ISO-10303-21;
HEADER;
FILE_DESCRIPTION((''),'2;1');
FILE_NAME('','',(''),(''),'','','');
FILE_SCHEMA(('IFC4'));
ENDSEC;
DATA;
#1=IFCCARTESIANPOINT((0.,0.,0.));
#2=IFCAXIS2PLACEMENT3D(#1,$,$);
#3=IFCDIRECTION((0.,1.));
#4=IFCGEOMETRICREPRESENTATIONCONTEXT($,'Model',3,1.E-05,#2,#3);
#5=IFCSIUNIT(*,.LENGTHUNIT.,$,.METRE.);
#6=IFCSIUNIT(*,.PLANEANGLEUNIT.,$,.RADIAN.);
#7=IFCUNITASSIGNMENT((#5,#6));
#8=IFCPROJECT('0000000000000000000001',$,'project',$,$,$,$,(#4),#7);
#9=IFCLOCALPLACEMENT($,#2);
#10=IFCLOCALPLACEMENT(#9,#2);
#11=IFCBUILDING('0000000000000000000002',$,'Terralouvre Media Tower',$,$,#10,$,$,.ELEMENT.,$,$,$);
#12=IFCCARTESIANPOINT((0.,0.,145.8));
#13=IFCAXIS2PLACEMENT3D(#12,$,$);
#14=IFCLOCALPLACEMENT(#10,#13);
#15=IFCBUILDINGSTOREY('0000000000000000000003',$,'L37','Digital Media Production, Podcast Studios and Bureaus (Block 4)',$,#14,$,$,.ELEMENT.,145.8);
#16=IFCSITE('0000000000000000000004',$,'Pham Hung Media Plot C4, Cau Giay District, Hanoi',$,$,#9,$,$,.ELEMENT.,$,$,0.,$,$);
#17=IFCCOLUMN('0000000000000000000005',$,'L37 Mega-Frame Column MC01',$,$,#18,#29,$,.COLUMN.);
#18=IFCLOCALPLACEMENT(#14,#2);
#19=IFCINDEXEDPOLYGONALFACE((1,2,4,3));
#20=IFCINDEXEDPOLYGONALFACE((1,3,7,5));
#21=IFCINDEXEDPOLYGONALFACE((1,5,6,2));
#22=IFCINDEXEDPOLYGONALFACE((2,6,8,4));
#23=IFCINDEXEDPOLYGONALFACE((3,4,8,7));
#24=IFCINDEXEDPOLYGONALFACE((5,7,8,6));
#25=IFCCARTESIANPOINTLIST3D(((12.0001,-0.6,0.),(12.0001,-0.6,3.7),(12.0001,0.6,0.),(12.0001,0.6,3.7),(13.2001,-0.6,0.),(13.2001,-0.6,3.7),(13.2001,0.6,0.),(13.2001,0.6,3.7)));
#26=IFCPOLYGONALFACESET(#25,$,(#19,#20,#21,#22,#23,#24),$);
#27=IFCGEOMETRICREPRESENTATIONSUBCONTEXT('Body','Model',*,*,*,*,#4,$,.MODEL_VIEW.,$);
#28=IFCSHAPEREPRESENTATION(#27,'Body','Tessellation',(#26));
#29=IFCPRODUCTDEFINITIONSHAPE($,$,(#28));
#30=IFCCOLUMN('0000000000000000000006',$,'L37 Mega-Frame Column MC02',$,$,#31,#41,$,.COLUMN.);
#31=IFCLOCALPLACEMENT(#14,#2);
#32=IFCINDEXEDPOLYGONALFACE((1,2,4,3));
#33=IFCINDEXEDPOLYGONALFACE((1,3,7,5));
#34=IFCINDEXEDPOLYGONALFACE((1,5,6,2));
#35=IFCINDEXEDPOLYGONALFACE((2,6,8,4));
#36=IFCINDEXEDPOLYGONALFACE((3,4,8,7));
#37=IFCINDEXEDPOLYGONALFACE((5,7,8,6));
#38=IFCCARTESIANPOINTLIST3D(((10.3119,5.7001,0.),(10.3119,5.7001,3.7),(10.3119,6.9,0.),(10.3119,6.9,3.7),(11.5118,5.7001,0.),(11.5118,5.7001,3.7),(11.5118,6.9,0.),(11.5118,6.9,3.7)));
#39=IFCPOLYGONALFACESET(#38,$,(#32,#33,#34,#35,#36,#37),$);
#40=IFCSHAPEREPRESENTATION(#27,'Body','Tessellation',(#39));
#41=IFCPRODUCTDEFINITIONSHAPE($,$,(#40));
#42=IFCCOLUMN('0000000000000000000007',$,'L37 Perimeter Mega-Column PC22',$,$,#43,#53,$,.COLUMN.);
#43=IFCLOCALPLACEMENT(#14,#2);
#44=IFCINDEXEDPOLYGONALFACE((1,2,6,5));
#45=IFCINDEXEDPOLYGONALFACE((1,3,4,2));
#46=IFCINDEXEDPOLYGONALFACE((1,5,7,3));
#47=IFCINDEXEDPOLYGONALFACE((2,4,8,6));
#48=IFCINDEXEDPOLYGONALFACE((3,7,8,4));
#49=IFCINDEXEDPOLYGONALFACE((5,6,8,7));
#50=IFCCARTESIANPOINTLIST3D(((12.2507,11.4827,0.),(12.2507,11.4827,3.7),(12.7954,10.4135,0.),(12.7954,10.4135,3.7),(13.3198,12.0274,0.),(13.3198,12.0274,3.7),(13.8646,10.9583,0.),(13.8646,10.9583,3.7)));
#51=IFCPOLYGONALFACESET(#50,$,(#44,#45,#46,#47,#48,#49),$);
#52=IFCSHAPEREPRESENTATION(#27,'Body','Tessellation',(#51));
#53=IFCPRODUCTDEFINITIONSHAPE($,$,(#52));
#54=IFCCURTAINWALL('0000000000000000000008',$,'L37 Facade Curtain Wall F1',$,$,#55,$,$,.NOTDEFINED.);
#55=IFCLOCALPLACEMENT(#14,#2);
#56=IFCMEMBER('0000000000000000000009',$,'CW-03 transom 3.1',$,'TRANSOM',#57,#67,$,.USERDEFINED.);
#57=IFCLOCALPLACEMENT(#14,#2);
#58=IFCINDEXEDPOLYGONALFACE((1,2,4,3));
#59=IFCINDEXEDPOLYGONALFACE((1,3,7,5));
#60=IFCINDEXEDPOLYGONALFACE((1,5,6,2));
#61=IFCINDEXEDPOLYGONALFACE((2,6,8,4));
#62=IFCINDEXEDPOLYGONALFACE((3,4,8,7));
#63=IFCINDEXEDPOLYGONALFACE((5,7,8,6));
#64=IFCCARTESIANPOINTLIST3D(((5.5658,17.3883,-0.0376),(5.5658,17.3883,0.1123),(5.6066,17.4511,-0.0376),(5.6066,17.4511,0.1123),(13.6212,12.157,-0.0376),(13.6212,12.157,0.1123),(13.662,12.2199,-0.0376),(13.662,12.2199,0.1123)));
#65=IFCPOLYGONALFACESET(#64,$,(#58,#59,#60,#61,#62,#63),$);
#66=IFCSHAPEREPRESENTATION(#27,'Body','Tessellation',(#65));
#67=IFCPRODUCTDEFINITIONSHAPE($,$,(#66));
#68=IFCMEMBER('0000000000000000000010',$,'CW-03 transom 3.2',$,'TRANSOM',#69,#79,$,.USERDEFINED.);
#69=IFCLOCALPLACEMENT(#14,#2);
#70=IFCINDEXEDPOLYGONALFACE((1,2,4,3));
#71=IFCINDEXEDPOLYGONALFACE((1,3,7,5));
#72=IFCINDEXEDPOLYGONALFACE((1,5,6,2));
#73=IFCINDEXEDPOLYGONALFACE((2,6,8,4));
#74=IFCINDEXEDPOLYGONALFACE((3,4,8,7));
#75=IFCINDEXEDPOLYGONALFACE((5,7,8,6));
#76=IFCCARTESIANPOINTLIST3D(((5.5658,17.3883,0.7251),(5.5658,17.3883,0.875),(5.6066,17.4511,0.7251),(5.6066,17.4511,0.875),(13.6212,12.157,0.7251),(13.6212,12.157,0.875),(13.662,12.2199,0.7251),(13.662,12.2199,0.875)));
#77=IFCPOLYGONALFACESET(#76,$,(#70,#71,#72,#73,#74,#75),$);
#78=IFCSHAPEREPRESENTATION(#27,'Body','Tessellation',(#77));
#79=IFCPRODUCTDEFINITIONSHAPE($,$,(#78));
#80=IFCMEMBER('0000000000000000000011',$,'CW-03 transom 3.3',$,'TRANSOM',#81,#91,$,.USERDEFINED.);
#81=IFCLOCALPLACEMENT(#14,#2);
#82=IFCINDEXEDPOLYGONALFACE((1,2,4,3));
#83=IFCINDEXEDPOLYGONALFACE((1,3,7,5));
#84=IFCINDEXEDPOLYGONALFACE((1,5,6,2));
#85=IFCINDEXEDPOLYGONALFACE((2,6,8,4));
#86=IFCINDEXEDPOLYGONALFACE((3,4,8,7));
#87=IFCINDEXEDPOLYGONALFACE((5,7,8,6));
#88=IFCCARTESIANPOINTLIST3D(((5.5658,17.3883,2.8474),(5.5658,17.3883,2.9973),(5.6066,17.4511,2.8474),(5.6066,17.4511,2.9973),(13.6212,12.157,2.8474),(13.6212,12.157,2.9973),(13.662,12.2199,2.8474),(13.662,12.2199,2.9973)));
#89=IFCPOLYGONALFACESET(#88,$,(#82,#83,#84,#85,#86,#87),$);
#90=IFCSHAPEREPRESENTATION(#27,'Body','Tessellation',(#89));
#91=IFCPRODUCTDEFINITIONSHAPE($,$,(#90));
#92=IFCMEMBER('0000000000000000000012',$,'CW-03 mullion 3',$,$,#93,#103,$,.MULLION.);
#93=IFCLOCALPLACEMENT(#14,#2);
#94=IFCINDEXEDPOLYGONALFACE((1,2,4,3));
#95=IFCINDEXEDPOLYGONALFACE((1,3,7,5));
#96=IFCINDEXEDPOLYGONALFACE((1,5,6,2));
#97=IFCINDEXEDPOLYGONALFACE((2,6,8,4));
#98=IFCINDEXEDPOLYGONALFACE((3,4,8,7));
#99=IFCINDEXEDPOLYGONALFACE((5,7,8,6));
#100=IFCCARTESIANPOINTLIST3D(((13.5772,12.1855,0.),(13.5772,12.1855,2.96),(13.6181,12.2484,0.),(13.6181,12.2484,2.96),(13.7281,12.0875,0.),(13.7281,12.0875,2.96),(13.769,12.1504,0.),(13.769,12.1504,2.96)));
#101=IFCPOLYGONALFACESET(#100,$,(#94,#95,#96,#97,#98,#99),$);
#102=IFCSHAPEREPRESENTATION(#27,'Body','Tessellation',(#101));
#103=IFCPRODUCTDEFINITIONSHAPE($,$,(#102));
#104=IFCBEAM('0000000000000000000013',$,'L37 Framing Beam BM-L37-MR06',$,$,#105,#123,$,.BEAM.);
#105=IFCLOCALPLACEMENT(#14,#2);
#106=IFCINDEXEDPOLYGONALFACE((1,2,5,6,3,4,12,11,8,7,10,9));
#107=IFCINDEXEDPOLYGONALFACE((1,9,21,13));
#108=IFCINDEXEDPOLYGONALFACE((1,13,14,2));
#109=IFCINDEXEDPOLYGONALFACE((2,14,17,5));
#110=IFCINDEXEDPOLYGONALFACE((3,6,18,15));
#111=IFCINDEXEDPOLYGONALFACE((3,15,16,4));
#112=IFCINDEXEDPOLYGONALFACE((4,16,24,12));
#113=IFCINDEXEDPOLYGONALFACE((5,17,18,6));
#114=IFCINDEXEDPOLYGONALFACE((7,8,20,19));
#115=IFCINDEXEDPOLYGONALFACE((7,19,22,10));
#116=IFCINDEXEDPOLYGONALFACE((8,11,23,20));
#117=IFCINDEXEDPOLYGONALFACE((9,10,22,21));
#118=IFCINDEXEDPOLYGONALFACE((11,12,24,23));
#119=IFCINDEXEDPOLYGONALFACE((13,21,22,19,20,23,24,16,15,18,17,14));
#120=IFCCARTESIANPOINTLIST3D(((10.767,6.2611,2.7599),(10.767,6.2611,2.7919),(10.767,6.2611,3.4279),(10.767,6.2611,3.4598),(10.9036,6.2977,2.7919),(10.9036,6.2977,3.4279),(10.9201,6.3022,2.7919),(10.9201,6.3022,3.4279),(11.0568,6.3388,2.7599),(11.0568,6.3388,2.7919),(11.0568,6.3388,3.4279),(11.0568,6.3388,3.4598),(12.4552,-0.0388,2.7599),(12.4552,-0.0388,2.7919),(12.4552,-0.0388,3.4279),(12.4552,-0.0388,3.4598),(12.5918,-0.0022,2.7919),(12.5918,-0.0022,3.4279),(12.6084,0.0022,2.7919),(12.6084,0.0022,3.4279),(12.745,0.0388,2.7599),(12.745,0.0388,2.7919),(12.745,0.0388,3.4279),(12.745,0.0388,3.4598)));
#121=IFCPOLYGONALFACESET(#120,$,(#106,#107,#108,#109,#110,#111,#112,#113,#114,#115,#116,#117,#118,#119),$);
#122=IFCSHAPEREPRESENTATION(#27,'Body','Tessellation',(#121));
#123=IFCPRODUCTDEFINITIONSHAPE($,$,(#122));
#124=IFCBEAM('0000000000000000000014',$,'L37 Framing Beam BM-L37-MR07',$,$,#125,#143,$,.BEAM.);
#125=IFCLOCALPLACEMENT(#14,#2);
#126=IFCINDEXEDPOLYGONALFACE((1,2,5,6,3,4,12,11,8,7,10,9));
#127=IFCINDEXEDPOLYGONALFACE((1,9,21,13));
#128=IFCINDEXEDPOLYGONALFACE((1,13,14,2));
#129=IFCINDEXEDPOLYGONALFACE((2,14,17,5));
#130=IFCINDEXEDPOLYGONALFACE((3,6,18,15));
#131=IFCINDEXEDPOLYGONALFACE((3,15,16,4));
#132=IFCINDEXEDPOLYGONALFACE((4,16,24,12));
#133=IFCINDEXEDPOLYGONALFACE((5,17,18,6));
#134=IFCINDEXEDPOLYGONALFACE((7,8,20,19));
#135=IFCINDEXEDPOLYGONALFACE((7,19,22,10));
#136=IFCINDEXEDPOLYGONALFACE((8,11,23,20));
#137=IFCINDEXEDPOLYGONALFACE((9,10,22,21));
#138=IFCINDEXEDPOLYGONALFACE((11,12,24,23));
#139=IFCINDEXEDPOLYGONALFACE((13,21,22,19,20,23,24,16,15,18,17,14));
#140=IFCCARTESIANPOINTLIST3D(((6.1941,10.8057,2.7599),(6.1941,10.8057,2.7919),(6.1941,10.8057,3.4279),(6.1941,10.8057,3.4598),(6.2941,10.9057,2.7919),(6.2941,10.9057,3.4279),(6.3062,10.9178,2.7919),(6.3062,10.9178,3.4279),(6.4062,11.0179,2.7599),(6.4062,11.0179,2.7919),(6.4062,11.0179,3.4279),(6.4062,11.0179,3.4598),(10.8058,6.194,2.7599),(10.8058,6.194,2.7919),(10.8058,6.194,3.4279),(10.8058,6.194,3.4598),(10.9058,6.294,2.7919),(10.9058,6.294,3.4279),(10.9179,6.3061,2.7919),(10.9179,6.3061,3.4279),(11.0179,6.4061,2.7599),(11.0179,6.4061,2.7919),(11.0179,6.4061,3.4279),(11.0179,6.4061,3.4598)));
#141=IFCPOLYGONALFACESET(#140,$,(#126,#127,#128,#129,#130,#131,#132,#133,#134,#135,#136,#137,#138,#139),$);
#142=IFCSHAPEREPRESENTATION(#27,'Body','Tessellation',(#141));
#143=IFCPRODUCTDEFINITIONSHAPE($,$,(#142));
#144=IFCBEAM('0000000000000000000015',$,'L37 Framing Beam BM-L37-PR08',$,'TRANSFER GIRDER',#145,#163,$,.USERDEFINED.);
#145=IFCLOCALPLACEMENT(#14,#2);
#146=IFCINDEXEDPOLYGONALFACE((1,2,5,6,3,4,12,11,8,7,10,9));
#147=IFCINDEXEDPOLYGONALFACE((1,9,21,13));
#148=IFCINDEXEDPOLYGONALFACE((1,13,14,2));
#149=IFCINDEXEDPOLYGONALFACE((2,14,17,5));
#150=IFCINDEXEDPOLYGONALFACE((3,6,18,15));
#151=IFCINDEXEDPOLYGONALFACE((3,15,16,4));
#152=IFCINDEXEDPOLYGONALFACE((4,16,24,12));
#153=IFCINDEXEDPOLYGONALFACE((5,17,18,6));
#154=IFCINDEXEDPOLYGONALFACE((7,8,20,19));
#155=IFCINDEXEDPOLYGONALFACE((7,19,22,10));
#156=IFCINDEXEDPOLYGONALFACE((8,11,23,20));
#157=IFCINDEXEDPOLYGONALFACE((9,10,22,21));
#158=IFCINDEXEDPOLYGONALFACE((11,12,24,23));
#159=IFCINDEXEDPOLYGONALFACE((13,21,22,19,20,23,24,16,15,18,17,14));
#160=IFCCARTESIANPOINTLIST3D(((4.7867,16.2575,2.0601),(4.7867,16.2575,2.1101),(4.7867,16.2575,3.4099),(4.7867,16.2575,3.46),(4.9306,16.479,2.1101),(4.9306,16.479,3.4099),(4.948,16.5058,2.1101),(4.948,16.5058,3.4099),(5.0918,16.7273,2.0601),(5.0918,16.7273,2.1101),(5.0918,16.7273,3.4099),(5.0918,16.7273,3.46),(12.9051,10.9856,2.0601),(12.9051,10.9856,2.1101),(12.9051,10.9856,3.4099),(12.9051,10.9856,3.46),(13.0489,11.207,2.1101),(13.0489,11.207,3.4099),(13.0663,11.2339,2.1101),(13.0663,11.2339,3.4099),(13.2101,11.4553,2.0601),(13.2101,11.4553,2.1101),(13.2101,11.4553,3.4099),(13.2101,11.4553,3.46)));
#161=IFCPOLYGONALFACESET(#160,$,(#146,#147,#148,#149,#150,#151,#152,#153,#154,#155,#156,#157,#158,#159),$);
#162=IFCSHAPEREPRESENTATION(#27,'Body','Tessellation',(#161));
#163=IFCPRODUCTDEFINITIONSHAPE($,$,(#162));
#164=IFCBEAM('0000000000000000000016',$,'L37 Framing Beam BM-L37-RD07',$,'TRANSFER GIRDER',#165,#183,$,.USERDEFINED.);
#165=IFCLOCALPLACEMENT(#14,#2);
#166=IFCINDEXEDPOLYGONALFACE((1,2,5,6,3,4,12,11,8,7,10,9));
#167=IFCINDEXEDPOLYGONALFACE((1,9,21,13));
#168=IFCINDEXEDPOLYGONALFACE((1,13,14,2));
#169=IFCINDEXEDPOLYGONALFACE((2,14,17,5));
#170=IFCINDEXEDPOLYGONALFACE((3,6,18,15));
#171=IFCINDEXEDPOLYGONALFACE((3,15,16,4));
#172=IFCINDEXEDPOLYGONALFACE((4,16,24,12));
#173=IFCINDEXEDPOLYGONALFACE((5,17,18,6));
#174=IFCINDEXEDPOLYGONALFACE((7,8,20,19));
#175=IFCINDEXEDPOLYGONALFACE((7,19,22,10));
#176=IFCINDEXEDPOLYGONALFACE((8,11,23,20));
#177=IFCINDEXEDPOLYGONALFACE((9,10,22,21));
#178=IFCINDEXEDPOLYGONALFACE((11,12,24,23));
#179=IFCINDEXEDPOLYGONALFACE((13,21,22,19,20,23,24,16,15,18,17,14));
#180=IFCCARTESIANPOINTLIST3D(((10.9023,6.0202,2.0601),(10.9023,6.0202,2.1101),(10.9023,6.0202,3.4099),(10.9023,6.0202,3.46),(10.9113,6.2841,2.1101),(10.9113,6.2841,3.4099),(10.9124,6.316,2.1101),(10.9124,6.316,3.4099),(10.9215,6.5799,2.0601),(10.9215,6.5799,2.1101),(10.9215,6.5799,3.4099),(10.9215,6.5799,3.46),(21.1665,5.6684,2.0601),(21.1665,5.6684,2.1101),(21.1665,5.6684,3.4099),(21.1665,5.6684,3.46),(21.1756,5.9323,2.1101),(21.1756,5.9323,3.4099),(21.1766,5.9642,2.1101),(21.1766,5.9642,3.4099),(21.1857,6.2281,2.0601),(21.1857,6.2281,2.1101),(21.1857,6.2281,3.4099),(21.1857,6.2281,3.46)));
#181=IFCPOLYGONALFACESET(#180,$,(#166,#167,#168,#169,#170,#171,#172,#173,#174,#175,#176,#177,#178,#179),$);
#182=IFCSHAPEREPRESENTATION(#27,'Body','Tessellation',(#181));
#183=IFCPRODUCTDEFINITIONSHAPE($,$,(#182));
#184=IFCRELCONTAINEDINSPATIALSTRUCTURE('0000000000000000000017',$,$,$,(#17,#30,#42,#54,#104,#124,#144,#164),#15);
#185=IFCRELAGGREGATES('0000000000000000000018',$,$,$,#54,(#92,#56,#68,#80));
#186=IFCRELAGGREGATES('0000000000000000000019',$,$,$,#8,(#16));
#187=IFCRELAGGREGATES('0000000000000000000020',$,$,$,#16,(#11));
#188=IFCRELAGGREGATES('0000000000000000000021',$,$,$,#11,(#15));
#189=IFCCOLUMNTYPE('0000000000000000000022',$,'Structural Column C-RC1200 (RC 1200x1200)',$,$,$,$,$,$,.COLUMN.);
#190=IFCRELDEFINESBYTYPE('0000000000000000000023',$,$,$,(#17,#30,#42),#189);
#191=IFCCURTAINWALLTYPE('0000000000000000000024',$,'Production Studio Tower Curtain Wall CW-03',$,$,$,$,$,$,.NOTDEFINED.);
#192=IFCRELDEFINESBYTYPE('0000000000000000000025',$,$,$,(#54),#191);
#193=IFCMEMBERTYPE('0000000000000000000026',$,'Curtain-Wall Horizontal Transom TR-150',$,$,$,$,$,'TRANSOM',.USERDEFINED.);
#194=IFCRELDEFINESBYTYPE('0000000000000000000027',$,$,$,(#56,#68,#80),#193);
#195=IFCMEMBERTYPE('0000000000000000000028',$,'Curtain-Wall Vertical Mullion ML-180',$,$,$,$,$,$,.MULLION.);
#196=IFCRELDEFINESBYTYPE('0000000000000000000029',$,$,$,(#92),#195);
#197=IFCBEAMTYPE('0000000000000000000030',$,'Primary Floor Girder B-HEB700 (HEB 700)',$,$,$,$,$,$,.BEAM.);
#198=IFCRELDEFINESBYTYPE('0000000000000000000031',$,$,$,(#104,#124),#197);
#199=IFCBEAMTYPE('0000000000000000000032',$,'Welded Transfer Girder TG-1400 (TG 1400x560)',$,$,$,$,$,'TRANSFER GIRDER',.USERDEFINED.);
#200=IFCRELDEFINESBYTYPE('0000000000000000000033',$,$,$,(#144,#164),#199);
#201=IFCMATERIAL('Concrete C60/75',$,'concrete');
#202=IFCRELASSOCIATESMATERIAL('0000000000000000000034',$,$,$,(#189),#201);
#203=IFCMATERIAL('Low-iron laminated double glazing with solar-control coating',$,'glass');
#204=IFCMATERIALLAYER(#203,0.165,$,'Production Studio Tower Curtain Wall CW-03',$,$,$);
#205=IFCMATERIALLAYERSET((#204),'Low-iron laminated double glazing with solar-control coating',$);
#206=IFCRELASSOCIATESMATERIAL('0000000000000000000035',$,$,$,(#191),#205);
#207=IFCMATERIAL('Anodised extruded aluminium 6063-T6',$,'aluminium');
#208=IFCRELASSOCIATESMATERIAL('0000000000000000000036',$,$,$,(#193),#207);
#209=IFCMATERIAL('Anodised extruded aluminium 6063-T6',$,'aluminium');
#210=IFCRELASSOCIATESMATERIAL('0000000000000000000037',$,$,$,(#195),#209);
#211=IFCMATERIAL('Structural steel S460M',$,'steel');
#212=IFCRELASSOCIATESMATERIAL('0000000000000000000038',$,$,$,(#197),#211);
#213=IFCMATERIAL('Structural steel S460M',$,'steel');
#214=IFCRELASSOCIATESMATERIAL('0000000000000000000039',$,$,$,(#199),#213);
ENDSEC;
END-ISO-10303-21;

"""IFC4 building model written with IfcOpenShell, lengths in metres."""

from ifc_helpers import new_model, si_unit, direction, frame, origin, origin_2d, place, context, subcontext, project, spatial, rectangle, i_section, extrude, material, layer, layer_set, material_profile, profile_set, type_object, element, aggregate, save


model = new_model("IFC4")

# Units and contexts
model_context = context("Model", 3, precision=1e-05, world=origin(), true_north=direction((0.0, 1.0)))
body_context = subcontext(model_context, "Body", "Model", "MODEL_VIEW")
ifc_project = project(units=[si_unit("LENGTHUNIT", "METRE"), si_unit("PLANEANGLEUNIT", "RADIAN")], contexts=[model_context])

# Site, building, storey
site_placement = place(None, origin())
site = spatial("IfcSite", under=ifc_project, at=site_placement, Name="Pham Hung Media Plot C4, Cau Giay District, Hanoi", CompositionType="ELEMENT", RefElevation=0.0)
building_placement = place(site_placement, origin())
building = spatial("IfcBuilding", under=site, at=building_placement, Name="Terralouvre Media Tower", CompositionType="ELEMENT")
storey_placement = place(building_placement, frame((0.0, 0.0, 145.8)))
storey = spatial("IfcBuildingStorey", under=building, at=storey_placement, Name="L37", Description="Digital Media Production, Podcast Studios and Bureaus (Block 4)", CompositionType="ELEMENT", Elevation=145.8)

# Columns
ifc_material_1 = material(Name="Concrete C60/75", Category="concrete")
ifc_material_profile_1 = material_profile(ifc_material_1, rectangle(XDim=1.2, YDim=1.2, at=origin_2d()), Name="RC 1200x1200")
ifc_profile_set_1 = profile_set([ifc_material_profile_1], Name="Concrete C60/75")
column_type = type_object("IfcColumnType", Name="Structural Column C-RC1200 (RC 1200x1200)", PredefinedType="COLUMN", material=ifc_profile_set_1)
for number, where, z_axis, x_axis, name in (
    (1, (12.6001, 0.0, 0.0), (0.0, 0.0, 1.0), (1.0, 0.0, 0.0), "L37 Mega-Frame Column MC01"),
    (2, (10.9119, 6.3, 0.0), (0.0, 0.0, 1.0), (1.0, 0.0, 0.0), "L37 Mega-Frame Column MC02"),
    (3, (13.0576, 11.2205, 0.0), (0.0, 0.0, 1.0), (0.891007, 0.45399, 0.0), "L37 Perimeter Mega-Column PC22"),
):
    element("IfcColumn", number, at=place(storey_placement, frame(where, z_axis=z_axis, x_axis=x_axis)), inside=storey, type_object=column_type, Name=name, PredefinedType="COLUMN", context=body_context, shape_type="SweptSolid", body=[
        extrude(rectangle(XDim=1.2, YDim=1.2, at=origin_2d()), origin(), (0.0, 0.0, 1.0), 3.7),
    ])

# Curtain wall, members
ifc_material_2 = material(Name="Low-iron laminated double glazing with solar-control coating", Category="glass")
ifc_layer_1 = layer(ifc_material_2, 0.165, Name="Production Studio Tower Curtain Wall CW-03")
ifc_layer_set_1 = layer_set([ifc_layer_1], Name="Low-iron laminated double glazing with solar-control coating")
curtain_wall_type = type_object("IfcCurtainWallType", Name="Production Studio Tower Curtain Wall CW-03", PredefinedType="NOTDEFINED", material=ifc_layer_set_1)
curtain_wall_placement = place(storey_placement, origin())
curtain_wall = element("IfcCurtainWall", 4, at=curtain_wall_placement, inside=storey, type_object=curtain_wall_type, Name="L37 Facade Curtain Wall F1", PredefinedType="NOTDEFINED")
ifc_material_3 = material(Name="Anodised extruded aluminium 6063-T6", Category="aluminium")
ifc_material_profile_2 = material_profile(ifc_material_3, rectangle(XDim=0.075, YDim=0.1499, at=origin_2d()), Name="ALU 75x150")
ifc_profile_set_2 = profile_set([ifc_material_profile_2], Name="Anodised extruded aluminium 6063-T6")
member_type_1 = type_object("IfcMemberType", Name="Curtain-Wall Horizontal Transom TR-150", ElementType="TRANSOM", PredefinedType="USERDEFINED", material=ifc_profile_set_2)
member_1_placement = place(storey_placement, frame((13.6416, 12.1885, 0.0374), z_axis=(-0.838673, 0.544635, 0.0), x_axis=(-0.544635, -0.838673, 0.0)))
member_1 = element("IfcMember", 5, at=member_1_placement, type_object=member_type_1, Name="CW-03 transom 3.1", ObjectType="TRANSOM", PredefinedType="USERDEFINED", context=body_context, shape_type="SweptSolid", body=[
    extrude(rectangle(XDim=0.075, YDim=0.1499, at=origin_2d()), origin(), (0.0, 0.0, 1.0), 9.605),
])
member_2_placement = place(storey_placement, frame((13.6416, 12.1885, 0.8), z_axis=(-0.838673, 0.544635, 0.0), x_axis=(-0.544635, -0.838673, 0.0)))
member_2 = element("IfcMember", 6, at=member_2_placement, type_object=member_type_1, Name="CW-03 transom 3.2", ObjectType="TRANSOM", PredefinedType="USERDEFINED", context=body_context, shape_type="SweptSolid", body=[
    extrude(rectangle(XDim=0.075, YDim=0.1499, at=origin_2d()), origin(), (0.0, 0.0, 1.0), 9.605),
])
member_3_placement = place(storey_placement, frame((13.6416, 12.1885, 2.9224), z_axis=(-0.838673, 0.544635, 0.0), x_axis=(-0.544635, -0.838673, 0.0)))
member_3 = element("IfcMember", 7, at=member_3_placement, type_object=member_type_1, Name="CW-03 transom 3.3", ObjectType="TRANSOM", PredefinedType="USERDEFINED", context=body_context, shape_type="SweptSolid", body=[
    extrude(rectangle(XDim=0.075, YDim=0.1499, at=origin_2d()), origin(), (0.0, 0.0, 1.0), 9.605),
])
ifc_material_4 = material(Name="Anodised extruded aluminium 6063-T6", Category="aluminium")
ifc_material_profile_3 = material_profile(ifc_material_4, rectangle(XDim=0.075, YDim=0.1799, at=origin_2d()), Name="ALU 75x180")
ifc_profile_set_3 = profile_set([ifc_material_profile_3], Name="Anodised extruded aluminium 6063-T6")
member_type_2 = type_object("IfcMemberType", Name="Curtain-Wall Vertical Mullion ML-180", PredefinedType="MULLION", material=ifc_profile_set_3)
member_4_placement = place(storey_placement, frame((13.6731, 12.168, 0.0), z_axis=(0.0, 0.0, 1.0), x_axis=(-0.544639, -0.838671, 0.0)))
member_4 = element("IfcMember", 8, at=member_4_placement, type_object=member_type_2, Name="CW-03 mullion 3", PredefinedType="MULLION", context=body_context, shape_type="SweptSolid", body=[
    extrude(rectangle(XDim=0.075, YDim=0.1799, at=origin_2d()), origin(), (0.0, 0.0, 1.0), 2.96),
])

# Beams
ifc_material_5 = material(Name="Structural steel S460M", Category="steel")
ifc_material_profile_4 = material_profile(ifc_material_5, i_section(OverallWidth=0.3, OverallDepth=0.7, WebThickness=0.0171, FlangeThickness=0.032, at=origin_2d()), Name="HEB 700")
ifc_profile_set_4 = profile_set([ifc_material_profile_4], Name="Structural steel S460M")
beam_type_1 = type_object("IfcBeamType", Name="Primary Floor Girder B-HEB700 (HEB 700)", PredefinedType="BEAM", material=ifc_profile_set_4)
beam_1_placement = place(storey_placement, frame((12.6001, 0.0, 3.1099), z_axis=(-0.258839, 0.96592, 0.0), x_axis=(-0.96592, -0.258839, 0.0)))
element("IfcBeam", 9, at=beam_1_placement, inside=storey, type_object=beam_type_1, Name="L37 Framing Beam BM-L37-MR06", PredefinedType="BEAM", context=body_context, shape_type="SweptSolid", body=[
    extrude(i_section(OverallWidth=0.3, OverallDepth=0.7, WebThickness=0.0171, FlangeThickness=0.032, at=origin_2d()), origin(), (0.0, 0.0, 1.0), 6.5222),
])
beam_2_placement = place(storey_placement, frame((10.9119, 6.3, 3.1099), z_axis=(-0.707107, 0.707107, 0.0), x_axis=(-0.707107, -0.707107, 0.0)))
element("IfcBeam", 10, at=beam_2_placement, inside=storey, type_object=beam_type_1, Name="L37 Framing Beam BM-L37-MR07", PredefinedType="BEAM", context=body_context, shape_type="SweptSolid", body=[
    extrude(i_section(OverallWidth=0.3, OverallDepth=0.7, WebThickness=0.0171, FlangeThickness=0.032, at=origin_2d()), origin(), (0.0, 0.0, 1.0), 6.522),
])
ifc_material_6 = material(Name="Structural steel S460M", Category="steel")
ifc_material_profile_5 = material_profile(ifc_material_6, i_section(OverallWidth=0.5601, OverallDepth=1.3999, WebThickness=0.032, FlangeThickness=0.05, at=origin_2d()), Name="TG 1400x560")
ifc_profile_set_5 = profile_set([ifc_material_profile_5], Name="Structural steel S460M")
beam_type_2 = type_object("IfcBeamType", Name="Welded Transfer Girder TG-1400 (TG 1400x560)", ElementType="TRANSFER GIRDER", PredefinedType="USERDEFINED", material=ifc_profile_set_5)
beam_3_placement = place(storey_placement, frame((13.0576, 11.2205, 2.76), z_axis=(-0.838679, 0.544626, 0.0), x_axis=(-0.544626, -0.838679, 0.0)))
element("IfcBeam", 11, at=beam_3_placement, inside=storey, type_object=beam_type_2, Name="L37 Framing Beam BM-L37-PR08", ObjectType="TRANSFER GIRDER", PredefinedType="USERDEFINED", context=body_context, shape_type="SweptSolid", body=[
    extrude(i_section(OverallWidth=0.5601, OverallDepth=1.3999, WebThickness=0.032, FlangeThickness=0.05, at=origin_2d()), origin(), (0.0, 0.0, 1.0), 9.6799),
])
beam_4_placement = place(storey_placement, frame((10.9119, 6.3, 2.76), z_axis=(0.999413, -0.034255, 0.0), x_axis=(0.034255, 0.999413, 0.0)))
element("IfcBeam", 12, at=beam_4_placement, inside=storey, type_object=beam_type_2, Name="L37 Framing Beam BM-L37-RD07", ObjectType="TRANSFER GIRDER", PredefinedType="USERDEFINED", context=body_context, shape_type="SweptSolid", body=[
    extrude(i_section(OverallWidth=0.5601, OverallDepth=1.3999, WebThickness=0.032, FlangeThickness=0.05, at=origin_2d()), origin(), (0.0, 0.0, 1.0), 10.2703),
])

aggregate(curtain_wall, [member_4, member_1, member_2, member_3])

save(model, "model.ifc")
